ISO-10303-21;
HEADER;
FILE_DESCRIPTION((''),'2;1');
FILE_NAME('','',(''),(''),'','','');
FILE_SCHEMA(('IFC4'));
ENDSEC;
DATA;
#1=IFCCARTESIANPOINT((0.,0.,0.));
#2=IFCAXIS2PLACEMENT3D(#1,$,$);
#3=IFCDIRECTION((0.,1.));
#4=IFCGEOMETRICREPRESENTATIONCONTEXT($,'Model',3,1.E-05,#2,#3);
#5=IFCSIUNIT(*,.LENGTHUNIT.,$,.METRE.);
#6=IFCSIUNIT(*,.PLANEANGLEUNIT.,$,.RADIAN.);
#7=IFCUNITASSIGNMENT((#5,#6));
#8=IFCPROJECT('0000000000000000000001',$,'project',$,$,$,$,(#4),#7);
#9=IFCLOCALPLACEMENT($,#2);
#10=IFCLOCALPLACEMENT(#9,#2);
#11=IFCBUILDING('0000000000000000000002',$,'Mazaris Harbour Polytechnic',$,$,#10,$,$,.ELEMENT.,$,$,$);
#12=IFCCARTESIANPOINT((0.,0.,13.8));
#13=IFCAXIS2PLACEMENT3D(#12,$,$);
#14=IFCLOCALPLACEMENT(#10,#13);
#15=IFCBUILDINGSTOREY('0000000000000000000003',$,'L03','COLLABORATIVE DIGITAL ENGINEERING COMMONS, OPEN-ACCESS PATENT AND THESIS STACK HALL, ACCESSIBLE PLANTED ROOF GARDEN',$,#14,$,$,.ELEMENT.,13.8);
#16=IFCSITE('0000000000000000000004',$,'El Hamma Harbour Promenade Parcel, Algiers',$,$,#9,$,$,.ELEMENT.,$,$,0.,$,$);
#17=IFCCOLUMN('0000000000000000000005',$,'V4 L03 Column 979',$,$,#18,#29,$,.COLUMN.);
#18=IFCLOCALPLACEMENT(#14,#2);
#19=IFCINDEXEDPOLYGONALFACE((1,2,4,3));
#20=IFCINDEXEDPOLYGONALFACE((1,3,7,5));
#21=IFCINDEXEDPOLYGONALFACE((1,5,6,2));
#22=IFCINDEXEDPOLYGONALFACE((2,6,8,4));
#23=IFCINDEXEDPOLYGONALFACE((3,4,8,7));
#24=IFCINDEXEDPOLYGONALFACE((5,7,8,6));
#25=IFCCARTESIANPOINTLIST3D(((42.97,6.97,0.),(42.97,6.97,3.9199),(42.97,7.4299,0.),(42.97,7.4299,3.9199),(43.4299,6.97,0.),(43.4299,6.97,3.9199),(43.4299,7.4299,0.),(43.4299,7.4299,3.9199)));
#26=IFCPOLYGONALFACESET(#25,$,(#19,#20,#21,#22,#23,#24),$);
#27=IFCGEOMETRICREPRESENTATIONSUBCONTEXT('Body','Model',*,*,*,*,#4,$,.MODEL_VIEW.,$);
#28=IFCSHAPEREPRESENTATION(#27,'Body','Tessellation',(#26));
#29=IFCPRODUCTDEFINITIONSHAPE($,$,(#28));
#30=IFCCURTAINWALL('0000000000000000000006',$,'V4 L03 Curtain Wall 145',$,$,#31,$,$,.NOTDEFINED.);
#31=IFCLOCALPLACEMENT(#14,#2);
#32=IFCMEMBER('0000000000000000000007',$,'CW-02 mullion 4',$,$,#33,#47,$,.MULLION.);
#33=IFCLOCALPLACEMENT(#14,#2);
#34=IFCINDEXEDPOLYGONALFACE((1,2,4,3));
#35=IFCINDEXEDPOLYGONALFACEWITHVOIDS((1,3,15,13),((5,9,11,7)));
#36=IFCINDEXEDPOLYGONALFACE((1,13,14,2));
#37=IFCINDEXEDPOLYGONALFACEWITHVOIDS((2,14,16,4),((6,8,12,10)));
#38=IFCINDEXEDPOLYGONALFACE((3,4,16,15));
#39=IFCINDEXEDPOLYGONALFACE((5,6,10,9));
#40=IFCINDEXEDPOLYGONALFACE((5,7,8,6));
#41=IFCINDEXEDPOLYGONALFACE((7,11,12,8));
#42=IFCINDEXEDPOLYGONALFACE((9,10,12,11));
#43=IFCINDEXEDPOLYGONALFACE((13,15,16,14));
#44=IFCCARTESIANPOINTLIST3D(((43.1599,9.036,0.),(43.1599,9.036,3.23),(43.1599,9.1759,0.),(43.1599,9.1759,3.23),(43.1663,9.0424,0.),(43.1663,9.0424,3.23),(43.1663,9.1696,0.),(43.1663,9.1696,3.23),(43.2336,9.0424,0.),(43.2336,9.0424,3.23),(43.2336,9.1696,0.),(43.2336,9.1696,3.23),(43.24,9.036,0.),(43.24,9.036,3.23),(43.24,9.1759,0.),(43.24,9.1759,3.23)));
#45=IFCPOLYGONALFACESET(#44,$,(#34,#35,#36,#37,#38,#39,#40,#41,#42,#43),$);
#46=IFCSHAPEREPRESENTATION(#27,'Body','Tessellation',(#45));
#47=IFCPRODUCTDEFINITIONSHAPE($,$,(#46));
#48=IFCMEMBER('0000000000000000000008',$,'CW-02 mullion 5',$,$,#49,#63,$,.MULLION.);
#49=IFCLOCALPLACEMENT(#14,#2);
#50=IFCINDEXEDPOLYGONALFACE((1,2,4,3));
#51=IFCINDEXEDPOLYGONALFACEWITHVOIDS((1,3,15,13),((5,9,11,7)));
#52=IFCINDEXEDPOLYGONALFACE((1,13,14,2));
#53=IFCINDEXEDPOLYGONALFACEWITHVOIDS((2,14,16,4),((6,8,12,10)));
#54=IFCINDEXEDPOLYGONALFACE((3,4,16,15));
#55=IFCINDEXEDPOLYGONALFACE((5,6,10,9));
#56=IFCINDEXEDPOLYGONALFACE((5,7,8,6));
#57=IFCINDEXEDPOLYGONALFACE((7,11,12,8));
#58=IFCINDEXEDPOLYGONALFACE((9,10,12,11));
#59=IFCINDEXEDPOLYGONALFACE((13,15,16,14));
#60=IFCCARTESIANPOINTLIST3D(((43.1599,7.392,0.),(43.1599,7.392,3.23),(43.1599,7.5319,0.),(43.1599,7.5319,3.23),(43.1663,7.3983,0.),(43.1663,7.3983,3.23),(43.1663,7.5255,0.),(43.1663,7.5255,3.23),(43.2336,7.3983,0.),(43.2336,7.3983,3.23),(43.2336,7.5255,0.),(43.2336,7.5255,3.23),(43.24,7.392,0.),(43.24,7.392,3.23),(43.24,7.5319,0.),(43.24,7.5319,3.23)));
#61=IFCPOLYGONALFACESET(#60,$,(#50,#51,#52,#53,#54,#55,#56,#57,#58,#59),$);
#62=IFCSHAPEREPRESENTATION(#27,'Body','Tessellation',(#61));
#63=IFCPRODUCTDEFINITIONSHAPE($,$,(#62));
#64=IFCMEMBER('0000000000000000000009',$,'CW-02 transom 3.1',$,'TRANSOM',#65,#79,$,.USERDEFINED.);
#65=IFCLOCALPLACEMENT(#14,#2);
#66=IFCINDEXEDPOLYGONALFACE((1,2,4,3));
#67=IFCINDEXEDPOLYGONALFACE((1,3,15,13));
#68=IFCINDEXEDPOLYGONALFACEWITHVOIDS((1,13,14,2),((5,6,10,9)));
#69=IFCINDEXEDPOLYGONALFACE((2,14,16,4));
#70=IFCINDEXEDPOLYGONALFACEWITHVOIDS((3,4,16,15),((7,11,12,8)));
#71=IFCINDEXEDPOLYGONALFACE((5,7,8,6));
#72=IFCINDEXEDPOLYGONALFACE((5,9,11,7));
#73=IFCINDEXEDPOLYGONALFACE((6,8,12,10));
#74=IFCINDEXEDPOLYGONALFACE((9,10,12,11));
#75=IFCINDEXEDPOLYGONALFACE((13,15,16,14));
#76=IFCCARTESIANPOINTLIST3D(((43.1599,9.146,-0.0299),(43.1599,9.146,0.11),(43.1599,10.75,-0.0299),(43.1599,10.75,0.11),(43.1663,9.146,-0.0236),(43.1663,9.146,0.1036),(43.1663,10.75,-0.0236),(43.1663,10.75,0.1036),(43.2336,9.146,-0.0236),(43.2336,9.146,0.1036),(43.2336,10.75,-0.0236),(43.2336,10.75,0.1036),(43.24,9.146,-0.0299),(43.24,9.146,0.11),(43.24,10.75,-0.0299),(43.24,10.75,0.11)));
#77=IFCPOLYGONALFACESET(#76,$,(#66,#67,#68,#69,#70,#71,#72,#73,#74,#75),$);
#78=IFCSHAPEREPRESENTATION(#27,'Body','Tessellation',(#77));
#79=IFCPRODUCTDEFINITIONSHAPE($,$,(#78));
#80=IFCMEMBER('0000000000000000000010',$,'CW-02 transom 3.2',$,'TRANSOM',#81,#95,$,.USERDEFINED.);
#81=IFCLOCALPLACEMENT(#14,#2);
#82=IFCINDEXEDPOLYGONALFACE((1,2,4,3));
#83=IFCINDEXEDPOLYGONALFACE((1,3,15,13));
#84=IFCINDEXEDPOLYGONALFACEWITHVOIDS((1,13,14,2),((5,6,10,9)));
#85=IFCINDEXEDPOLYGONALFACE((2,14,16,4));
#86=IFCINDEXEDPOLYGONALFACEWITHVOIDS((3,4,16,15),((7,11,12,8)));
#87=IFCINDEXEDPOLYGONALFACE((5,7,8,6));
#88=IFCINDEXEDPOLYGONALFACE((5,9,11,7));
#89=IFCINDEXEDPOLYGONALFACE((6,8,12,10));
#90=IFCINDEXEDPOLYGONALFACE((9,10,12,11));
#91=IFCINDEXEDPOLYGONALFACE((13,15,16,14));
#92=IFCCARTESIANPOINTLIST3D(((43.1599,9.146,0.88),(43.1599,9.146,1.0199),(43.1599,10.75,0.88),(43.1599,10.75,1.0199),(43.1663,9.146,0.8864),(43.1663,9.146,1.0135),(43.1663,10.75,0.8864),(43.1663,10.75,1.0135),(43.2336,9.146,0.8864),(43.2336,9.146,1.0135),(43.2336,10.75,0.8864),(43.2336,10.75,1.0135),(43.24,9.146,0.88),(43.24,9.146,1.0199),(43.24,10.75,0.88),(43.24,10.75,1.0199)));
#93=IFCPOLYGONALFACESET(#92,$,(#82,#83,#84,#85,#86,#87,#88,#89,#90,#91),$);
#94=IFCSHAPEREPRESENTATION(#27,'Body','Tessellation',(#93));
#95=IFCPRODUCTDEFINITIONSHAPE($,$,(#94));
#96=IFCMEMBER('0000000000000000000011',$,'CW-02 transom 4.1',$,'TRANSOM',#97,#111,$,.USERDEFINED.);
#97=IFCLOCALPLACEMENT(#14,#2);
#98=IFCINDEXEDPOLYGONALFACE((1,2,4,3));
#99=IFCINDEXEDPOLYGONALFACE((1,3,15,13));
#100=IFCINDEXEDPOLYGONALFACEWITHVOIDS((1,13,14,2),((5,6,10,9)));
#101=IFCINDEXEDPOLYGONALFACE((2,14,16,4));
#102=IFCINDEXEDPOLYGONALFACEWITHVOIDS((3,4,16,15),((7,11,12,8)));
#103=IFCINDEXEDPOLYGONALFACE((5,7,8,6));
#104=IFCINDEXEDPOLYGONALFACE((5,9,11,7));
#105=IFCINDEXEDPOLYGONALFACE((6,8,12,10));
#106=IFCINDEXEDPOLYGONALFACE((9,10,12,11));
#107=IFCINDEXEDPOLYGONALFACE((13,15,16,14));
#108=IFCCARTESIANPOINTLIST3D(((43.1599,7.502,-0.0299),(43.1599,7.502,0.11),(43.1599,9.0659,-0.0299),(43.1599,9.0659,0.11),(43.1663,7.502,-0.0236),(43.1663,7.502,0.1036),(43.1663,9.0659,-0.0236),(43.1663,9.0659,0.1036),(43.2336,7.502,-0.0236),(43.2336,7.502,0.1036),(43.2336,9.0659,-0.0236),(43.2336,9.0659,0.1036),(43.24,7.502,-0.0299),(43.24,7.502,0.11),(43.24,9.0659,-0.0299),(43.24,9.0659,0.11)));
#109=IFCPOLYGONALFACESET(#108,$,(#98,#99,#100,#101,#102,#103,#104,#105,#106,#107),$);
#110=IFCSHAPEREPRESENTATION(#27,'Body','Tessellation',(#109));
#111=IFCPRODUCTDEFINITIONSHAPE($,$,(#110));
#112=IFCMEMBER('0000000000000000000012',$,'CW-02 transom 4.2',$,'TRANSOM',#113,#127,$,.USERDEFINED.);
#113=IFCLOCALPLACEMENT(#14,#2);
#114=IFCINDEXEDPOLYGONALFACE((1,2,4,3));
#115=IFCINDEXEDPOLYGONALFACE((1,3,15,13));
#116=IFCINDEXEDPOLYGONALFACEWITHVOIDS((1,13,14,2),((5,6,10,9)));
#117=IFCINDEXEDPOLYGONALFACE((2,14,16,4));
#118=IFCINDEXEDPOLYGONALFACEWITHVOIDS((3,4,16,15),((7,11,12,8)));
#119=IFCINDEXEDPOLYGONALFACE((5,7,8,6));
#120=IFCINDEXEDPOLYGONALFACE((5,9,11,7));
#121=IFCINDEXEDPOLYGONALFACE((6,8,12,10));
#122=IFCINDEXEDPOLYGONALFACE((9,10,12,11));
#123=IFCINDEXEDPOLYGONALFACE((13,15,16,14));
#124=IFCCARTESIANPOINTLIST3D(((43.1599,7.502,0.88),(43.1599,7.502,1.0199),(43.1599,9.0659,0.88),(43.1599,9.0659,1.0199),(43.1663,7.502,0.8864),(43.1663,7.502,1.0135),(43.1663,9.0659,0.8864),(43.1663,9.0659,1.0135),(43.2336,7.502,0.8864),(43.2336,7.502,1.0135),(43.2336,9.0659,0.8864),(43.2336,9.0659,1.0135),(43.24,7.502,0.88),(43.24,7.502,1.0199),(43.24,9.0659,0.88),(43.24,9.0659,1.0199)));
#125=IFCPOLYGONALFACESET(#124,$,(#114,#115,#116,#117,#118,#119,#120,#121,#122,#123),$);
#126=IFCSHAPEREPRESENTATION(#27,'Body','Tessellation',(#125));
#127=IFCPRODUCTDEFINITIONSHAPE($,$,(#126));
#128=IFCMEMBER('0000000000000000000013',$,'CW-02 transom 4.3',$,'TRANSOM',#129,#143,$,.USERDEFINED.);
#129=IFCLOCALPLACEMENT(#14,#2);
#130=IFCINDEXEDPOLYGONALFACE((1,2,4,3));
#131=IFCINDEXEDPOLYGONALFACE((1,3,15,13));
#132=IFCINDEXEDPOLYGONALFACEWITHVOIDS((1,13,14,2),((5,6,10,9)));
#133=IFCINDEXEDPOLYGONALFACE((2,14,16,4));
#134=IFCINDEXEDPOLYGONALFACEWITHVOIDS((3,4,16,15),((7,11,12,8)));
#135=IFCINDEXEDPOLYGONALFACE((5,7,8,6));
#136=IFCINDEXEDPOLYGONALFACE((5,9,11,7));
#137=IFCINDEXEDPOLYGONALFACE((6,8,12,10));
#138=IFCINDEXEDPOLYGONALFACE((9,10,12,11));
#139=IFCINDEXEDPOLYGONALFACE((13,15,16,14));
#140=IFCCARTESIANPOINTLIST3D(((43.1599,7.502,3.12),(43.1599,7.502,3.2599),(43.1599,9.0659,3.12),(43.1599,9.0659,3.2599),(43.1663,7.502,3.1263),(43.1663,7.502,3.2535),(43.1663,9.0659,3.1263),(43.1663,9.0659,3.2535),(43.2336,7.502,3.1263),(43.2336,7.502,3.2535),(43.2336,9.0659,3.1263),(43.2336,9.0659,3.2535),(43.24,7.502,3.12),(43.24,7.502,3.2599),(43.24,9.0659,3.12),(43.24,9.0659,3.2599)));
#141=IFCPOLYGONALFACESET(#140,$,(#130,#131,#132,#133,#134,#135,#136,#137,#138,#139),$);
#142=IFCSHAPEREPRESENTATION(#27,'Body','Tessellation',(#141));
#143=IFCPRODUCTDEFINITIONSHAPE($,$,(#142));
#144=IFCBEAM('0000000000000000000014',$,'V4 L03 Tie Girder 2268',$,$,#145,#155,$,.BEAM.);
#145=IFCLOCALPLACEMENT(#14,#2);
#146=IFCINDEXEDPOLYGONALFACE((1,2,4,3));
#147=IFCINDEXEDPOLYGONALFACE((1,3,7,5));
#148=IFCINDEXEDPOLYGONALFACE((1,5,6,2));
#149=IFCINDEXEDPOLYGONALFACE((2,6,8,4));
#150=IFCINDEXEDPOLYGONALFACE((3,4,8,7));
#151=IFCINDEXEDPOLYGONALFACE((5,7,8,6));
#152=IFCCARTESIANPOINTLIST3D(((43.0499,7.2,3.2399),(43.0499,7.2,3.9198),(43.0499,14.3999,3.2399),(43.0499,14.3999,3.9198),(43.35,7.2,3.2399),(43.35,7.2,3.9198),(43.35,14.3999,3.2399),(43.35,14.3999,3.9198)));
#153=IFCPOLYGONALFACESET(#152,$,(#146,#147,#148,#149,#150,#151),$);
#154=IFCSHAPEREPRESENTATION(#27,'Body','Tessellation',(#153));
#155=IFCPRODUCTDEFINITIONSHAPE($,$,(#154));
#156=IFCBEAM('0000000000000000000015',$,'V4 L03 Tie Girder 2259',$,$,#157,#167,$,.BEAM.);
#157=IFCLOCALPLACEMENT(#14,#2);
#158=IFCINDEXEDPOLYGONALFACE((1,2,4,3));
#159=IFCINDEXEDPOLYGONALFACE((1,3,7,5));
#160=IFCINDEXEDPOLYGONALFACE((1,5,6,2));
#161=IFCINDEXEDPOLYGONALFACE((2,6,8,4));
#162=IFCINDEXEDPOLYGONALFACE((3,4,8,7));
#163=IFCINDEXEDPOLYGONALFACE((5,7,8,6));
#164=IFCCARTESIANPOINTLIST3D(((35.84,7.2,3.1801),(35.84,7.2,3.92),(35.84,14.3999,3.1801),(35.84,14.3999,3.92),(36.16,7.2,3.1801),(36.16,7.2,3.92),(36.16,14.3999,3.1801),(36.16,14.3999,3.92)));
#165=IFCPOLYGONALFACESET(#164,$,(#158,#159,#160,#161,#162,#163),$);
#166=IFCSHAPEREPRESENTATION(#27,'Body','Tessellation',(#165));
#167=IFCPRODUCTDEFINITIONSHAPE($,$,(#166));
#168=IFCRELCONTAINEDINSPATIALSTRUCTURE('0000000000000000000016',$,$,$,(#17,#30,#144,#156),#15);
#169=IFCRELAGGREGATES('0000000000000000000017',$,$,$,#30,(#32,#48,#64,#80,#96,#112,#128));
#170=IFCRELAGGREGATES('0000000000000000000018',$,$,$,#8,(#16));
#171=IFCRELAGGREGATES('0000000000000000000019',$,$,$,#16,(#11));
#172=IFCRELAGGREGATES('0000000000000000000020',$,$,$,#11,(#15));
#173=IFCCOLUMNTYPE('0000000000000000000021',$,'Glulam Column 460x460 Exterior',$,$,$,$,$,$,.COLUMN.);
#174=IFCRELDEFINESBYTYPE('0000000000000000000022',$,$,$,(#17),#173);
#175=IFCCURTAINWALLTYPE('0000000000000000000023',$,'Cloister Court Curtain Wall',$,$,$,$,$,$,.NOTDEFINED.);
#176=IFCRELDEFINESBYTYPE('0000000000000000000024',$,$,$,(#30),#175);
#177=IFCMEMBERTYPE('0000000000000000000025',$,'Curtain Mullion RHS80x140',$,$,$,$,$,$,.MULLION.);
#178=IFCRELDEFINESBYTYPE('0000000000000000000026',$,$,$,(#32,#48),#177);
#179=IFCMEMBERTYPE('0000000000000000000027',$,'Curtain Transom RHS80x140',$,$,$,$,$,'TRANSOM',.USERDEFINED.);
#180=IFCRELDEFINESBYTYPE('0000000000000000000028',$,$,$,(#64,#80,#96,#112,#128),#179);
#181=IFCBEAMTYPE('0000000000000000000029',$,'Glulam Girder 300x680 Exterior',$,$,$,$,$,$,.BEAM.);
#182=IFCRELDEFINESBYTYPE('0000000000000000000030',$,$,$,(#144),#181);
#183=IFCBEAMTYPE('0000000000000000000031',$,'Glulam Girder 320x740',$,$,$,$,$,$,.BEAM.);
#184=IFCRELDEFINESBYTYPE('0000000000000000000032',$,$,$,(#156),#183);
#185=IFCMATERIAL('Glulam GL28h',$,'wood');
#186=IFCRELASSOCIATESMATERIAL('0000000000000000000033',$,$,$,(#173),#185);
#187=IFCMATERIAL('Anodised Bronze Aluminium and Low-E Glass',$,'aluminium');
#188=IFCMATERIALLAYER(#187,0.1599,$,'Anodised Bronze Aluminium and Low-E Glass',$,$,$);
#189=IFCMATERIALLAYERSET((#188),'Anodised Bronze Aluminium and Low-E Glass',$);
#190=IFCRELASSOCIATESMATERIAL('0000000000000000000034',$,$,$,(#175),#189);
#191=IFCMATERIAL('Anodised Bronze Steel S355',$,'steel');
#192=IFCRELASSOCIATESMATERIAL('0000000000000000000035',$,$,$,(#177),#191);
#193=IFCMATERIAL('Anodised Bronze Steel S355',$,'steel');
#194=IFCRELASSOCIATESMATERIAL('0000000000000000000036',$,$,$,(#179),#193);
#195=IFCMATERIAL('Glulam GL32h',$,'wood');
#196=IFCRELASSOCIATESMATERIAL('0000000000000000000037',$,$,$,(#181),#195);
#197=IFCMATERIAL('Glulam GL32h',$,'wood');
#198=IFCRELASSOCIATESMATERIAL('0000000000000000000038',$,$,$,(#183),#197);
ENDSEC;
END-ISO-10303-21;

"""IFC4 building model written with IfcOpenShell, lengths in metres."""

from ifc_helpers import new_model, si_unit, direction, frame, origin, origin_2d, place, context, subcontext, project, spatial, rectangle, hollow_rectangle, extrude, material, layer, layer_set, material_profile, profile_set, type_object, element, aggregate, save


model = new_model("IFC4")

# Units and contexts
model_context = context("Model", 3, precision=1e-05, world=origin(), true_north=direction((0.0, 1.0)))
body_context = subcontext(model_context, "Body", "Model", "MODEL_VIEW")
ifc_project = project(units=[si_unit("LENGTHUNIT", "METRE"), si_unit("PLANEANGLEUNIT", "RADIAN")], contexts=[model_context])

# Site, building, storey
site_placement = place(None, origin())
site = spatial("IfcSite", under=ifc_project, at=site_placement, Name="El Hamma Harbour Promenade Parcel, Algiers", CompositionType="ELEMENT", RefElevation=0.0)
building_placement = place(site_placement, origin())
building = spatial("IfcBuilding", under=site, at=building_placement, Name="Mazaris Harbour Polytechnic", CompositionType="ELEMENT")
storey_placement = place(building_placement, frame((0.0, 0.0, 13.8)))
storey = spatial("IfcBuildingStorey", under=building, at=storey_placement, Name="L03", Description="COLLABORATIVE DIGITAL ENGINEERING COMMONS, OPEN-ACCESS PATENT AND THESIS STACK HALL, ACCESSIBLE PLANTED ROOF GARDEN", CompositionType="ELEMENT", Elevation=13.8)

# Column
ifc_material_1 = material(Name="Glulam GL28h", Category="wood")
ifc_material_profile_1 = material_profile(ifc_material_1, rectangle(XDim=0.46, YDim=0.46, at=origin_2d()), Name="RECT460x460")
ifc_profile_set_1 = profile_set([ifc_material_profile_1], Name="Glulam GL28h")
column_type = type_object("IfcColumnType", Name="Glulam Column 460x460 Exterior", PredefinedType="COLUMN", material=ifc_profile_set_1)
column_placement = place(storey_placement, frame((43.2, 7.2, 0.0), z_axis=(0.0, 0.0, 1.0), x_axis=(1.0, 0.0, 0.0)))
element("IfcColumn", 1, at=column_placement, inside=storey, type_object=column_type, Name="V4 L03 Column 979", PredefinedType="COLUMN", context=body_context, shape_type="SweptSolid", body=[
    extrude(rectangle(XDim=0.46, YDim=0.46, at=origin_2d()), origin(), (0.0, 0.0, 1.0), 3.9199),
])

# Curtain wall, members
ifc_material_2 = material(Name="Anodised Bronze Aluminium and Low-E Glass", Category="aluminium")
ifc_layer_1 = layer(ifc_material_2, 0.1599, Name="Anodised Bronze Aluminium and Low-E Glass")
ifc_layer_set_1 = layer_set([ifc_layer_1], Name="Anodised Bronze Aluminium and Low-E Glass")
curtain_wall_type = type_object("IfcCurtainWallType", Name="Cloister Court Curtain Wall", PredefinedType="NOTDEFINED", material=ifc_layer_set_1)
curtain_wall_placement = place(storey_placement, origin())
curtain_wall = element("IfcCurtainWall", 2, at=curtain_wall_placement, inside=storey, type_object=curtain_wall_type, Name="V4 L03 Curtain Wall 145", PredefinedType="NOTDEFINED")
ifc_material_3 = material(Name="Anodised Bronze Steel S355", Category="steel")
ifc_material_profile_2 = material_profile(ifc_material_3, hollow_rectangle(XDim=0.0801, YDim=0.1399, WallThickness=0.0063, at=origin_2d()), Name="RHS 80x140x6.3")
ifc_profile_set_2 = profile_set([ifc_material_profile_2], Name="Anodised Bronze Steel S355")
member_type_1 = type_object("IfcMemberType", Name="Curtain Mullion RHS80x140", PredefinedType="MULLION", material=ifc_profile_set_2)
member_1_placement = place(storey_placement, frame((43.2, 9.106, 0.0), z_axis=(0.0, 0.0, 1.0), x_axis=(1.0, 0.0, 0.0)))
member_1 = element("IfcMember", 3, at=member_1_placement, type_object=member_type_1, Name="CW-02 mullion 4", PredefinedType="MULLION", context=body_context, shape_type="SweptSolid", body=[
    extrude(hollow_rectangle(XDim=0.0801, YDim=0.1399, WallThickness=0.0063, at=origin_2d()), origin(), (0.0, 0.0, 1.0), 3.23),
])
member_2_placement = place(storey_placement, frame((43.2, 7.4619, 0.0), z_axis=(0.0, 0.0, 1.0), x_axis=(1.0, 0.0, 0.0)))
member_2 = element("IfcMember", 4, at=member_2_placement, type_object=member_type_1, Name="CW-02 mullion 5", PredefinedType="MULLION", context=body_context, shape_type="SweptSolid", body=[
    extrude(hollow_rectangle(XDim=0.0801, YDim=0.1399, WallThickness=0.0063, at=origin_2d()), origin(), (0.0, 0.0, 1.0), 3.23),
])
ifc_material_4 = material(Name="Anodised Bronze Steel S355", Category="steel")
ifc_material_profile_3 = material_profile(ifc_material_4, hollow_rectangle(XDim=0.0801, YDim=0.1399, WallThickness=0.0063, at=origin_2d()), Name="RHS 80x140x6.3")
ifc_profile_set_3 = profile_set([ifc_material_profile_3], Name="Anodised Bronze Steel S355")
member_type_2 = type_object("IfcMemberType", Name="Curtain Transom RHS80x140", ElementType="TRANSOM", PredefinedType="USERDEFINED", material=ifc_profile_set_3)
member_3_placement = place(storey_placement, frame((43.2, 10.75, 0.04), z_axis=(0.0, -1.0, 0.0), x_axis=(1.0, 0.0, 0.0)))
member_3 = element("IfcMember", 5, at=member_3_placement, type_object=member_type_2, Name="CW-02 transom 3.1", ObjectType="TRANSOM", PredefinedType="USERDEFINED", context=body_context, shape_type="SweptSolid", body=[
    extrude(hollow_rectangle(XDim=0.0801, YDim=0.1399, WallThickness=0.0063, at=origin_2d()), origin(), (0.0, 0.0, 1.0), 1.604),
])
member_4_placement = place(storey_placement, frame((43.2, 10.75, 0.95), z_axis=(0.0, -1.0, 0.0), x_axis=(1.0, 0.0, 0.0)))
member_4 = element("IfcMember", 6, at=member_4_placement, type_object=member_type_2, Name="CW-02 transom 3.2", ObjectType="TRANSOM", PredefinedType="USERDEFINED", context=body_context, shape_type="SweptSolid", body=[
    extrude(hollow_rectangle(XDim=0.0801, YDim=0.1399, WallThickness=0.0063, at=origin_2d()), origin(), (0.0, 0.0, 1.0), 1.604),
])
member_5_placement = place(storey_placement, frame((43.2, 9.0659, 0.04), z_axis=(0.0, -1.0, 0.0), x_axis=(1.0, 0.0, 0.0)))
member_5 = element("IfcMember", 7, at=member_5_placement, type_object=member_type_2, Name="CW-02 transom 4.1", ObjectType="TRANSOM", PredefinedType="USERDEFINED", context=body_context, shape_type="SweptSolid", body=[
    extrude(hollow_rectangle(XDim=0.0801, YDim=0.1399, WallThickness=0.0063, at=origin_2d()), origin(), (0.0, 0.0, 1.0), 1.564),
])
member_6_placement = place(storey_placement, frame((43.2, 9.0659, 0.95), z_axis=(0.0, -1.0, 0.0), x_axis=(1.0, 0.0, 0.0)))
member_6 = element("IfcMember", 8, at=member_6_placement, type_object=member_type_2, Name="CW-02 transom 4.2", ObjectType="TRANSOM", PredefinedType="USERDEFINED", context=body_context, shape_type="SweptSolid", body=[
    extrude(hollow_rectangle(XDim=0.0801, YDim=0.1399, WallThickness=0.0063, at=origin_2d()), origin(), (0.0, 0.0, 1.0), 1.564),
])
member_7_placement = place(storey_placement, frame((43.2, 9.0659, 3.1899), z_axis=(0.0, -1.0, 0.0), x_axis=(1.0, 0.0, 0.0)))
member_7 = element("IfcMember", 9, at=member_7_placement, type_object=member_type_2, Name="CW-02 transom 4.3", ObjectType="TRANSOM", PredefinedType="USERDEFINED", context=body_context, shape_type="SweptSolid", body=[
    extrude(hollow_rectangle(XDim=0.0801, YDim=0.1399, WallThickness=0.0063, at=origin_2d()), origin(), (0.0, 0.0, 1.0), 1.564),
])

# Beams
ifc_material_5 = material(Name="Glulam GL32h", Category="wood")
ifc_material_profile_4 = material_profile(ifc_material_5, rectangle(XDim=0.3, YDim=0.6799, at=origin_2d()), Name="RECT300x680")
ifc_profile_set_4 = profile_set([ifc_material_profile_4], Name="Glulam GL32h")
beam_type_1 = type_object("IfcBeamType", Name="Glulam Girder 300x680 Exterior", PredefinedType="BEAM", material=ifc_profile_set_4)
beam_1_placement = place(storey_placement, frame((43.2, 7.2, 3.5798), z_axis=(0.0, 1.0, 0.0), x_axis=(-1.0, 0.0, 0.0)))
element("IfcBeam", 10, at=beam_1_placement, inside=storey, type_object=beam_type_1, Name="V4 L03 Tie Girder 2268", PredefinedType="BEAM", context=body_context, shape_type="SweptSolid", body=[
    extrude(rectangle(XDim=0.3, YDim=0.6799, at=origin_2d()), origin(), (0.0, 0.0, 1.0), 7.2),
])
ifc_material_6 = material(Name="Glulam GL32h", Category="wood")
ifc_material_profile_5 = material_profile(ifc_material_6, rectangle(XDim=0.3201, YDim=0.74, at=origin_2d()), Name="RECT320x740")
ifc_profile_set_5 = profile_set([ifc_material_profile_5], Name="Glulam GL32h")
beam_type_2 = type_object("IfcBeamType", Name="Glulam Girder 320x740", PredefinedType="BEAM", material=ifc_profile_set_5)
beam_2_placement = place(storey_placement, frame((36.0, 7.2, 3.55), z_axis=(0.0, 1.0, 0.0), x_axis=(-1.0, 0.0, 0.0)))
element("IfcBeam", 11, at=beam_2_placement, inside=storey, type_object=beam_type_2, Name="V4 L03 Tie Girder 2259", PredefinedType="BEAM", context=body_context, shape_type="SweptSolid", body=[
    extrude(rectangle(XDim=0.3201, YDim=0.74, at=origin_2d()), origin(), (0.0, 0.0, 1.0), 7.2),
])

aggregate(curtain_wall, [member_1, member_2, member_3, member_4, member_5, member_6, member_7])

save(model, "model.ifc")
